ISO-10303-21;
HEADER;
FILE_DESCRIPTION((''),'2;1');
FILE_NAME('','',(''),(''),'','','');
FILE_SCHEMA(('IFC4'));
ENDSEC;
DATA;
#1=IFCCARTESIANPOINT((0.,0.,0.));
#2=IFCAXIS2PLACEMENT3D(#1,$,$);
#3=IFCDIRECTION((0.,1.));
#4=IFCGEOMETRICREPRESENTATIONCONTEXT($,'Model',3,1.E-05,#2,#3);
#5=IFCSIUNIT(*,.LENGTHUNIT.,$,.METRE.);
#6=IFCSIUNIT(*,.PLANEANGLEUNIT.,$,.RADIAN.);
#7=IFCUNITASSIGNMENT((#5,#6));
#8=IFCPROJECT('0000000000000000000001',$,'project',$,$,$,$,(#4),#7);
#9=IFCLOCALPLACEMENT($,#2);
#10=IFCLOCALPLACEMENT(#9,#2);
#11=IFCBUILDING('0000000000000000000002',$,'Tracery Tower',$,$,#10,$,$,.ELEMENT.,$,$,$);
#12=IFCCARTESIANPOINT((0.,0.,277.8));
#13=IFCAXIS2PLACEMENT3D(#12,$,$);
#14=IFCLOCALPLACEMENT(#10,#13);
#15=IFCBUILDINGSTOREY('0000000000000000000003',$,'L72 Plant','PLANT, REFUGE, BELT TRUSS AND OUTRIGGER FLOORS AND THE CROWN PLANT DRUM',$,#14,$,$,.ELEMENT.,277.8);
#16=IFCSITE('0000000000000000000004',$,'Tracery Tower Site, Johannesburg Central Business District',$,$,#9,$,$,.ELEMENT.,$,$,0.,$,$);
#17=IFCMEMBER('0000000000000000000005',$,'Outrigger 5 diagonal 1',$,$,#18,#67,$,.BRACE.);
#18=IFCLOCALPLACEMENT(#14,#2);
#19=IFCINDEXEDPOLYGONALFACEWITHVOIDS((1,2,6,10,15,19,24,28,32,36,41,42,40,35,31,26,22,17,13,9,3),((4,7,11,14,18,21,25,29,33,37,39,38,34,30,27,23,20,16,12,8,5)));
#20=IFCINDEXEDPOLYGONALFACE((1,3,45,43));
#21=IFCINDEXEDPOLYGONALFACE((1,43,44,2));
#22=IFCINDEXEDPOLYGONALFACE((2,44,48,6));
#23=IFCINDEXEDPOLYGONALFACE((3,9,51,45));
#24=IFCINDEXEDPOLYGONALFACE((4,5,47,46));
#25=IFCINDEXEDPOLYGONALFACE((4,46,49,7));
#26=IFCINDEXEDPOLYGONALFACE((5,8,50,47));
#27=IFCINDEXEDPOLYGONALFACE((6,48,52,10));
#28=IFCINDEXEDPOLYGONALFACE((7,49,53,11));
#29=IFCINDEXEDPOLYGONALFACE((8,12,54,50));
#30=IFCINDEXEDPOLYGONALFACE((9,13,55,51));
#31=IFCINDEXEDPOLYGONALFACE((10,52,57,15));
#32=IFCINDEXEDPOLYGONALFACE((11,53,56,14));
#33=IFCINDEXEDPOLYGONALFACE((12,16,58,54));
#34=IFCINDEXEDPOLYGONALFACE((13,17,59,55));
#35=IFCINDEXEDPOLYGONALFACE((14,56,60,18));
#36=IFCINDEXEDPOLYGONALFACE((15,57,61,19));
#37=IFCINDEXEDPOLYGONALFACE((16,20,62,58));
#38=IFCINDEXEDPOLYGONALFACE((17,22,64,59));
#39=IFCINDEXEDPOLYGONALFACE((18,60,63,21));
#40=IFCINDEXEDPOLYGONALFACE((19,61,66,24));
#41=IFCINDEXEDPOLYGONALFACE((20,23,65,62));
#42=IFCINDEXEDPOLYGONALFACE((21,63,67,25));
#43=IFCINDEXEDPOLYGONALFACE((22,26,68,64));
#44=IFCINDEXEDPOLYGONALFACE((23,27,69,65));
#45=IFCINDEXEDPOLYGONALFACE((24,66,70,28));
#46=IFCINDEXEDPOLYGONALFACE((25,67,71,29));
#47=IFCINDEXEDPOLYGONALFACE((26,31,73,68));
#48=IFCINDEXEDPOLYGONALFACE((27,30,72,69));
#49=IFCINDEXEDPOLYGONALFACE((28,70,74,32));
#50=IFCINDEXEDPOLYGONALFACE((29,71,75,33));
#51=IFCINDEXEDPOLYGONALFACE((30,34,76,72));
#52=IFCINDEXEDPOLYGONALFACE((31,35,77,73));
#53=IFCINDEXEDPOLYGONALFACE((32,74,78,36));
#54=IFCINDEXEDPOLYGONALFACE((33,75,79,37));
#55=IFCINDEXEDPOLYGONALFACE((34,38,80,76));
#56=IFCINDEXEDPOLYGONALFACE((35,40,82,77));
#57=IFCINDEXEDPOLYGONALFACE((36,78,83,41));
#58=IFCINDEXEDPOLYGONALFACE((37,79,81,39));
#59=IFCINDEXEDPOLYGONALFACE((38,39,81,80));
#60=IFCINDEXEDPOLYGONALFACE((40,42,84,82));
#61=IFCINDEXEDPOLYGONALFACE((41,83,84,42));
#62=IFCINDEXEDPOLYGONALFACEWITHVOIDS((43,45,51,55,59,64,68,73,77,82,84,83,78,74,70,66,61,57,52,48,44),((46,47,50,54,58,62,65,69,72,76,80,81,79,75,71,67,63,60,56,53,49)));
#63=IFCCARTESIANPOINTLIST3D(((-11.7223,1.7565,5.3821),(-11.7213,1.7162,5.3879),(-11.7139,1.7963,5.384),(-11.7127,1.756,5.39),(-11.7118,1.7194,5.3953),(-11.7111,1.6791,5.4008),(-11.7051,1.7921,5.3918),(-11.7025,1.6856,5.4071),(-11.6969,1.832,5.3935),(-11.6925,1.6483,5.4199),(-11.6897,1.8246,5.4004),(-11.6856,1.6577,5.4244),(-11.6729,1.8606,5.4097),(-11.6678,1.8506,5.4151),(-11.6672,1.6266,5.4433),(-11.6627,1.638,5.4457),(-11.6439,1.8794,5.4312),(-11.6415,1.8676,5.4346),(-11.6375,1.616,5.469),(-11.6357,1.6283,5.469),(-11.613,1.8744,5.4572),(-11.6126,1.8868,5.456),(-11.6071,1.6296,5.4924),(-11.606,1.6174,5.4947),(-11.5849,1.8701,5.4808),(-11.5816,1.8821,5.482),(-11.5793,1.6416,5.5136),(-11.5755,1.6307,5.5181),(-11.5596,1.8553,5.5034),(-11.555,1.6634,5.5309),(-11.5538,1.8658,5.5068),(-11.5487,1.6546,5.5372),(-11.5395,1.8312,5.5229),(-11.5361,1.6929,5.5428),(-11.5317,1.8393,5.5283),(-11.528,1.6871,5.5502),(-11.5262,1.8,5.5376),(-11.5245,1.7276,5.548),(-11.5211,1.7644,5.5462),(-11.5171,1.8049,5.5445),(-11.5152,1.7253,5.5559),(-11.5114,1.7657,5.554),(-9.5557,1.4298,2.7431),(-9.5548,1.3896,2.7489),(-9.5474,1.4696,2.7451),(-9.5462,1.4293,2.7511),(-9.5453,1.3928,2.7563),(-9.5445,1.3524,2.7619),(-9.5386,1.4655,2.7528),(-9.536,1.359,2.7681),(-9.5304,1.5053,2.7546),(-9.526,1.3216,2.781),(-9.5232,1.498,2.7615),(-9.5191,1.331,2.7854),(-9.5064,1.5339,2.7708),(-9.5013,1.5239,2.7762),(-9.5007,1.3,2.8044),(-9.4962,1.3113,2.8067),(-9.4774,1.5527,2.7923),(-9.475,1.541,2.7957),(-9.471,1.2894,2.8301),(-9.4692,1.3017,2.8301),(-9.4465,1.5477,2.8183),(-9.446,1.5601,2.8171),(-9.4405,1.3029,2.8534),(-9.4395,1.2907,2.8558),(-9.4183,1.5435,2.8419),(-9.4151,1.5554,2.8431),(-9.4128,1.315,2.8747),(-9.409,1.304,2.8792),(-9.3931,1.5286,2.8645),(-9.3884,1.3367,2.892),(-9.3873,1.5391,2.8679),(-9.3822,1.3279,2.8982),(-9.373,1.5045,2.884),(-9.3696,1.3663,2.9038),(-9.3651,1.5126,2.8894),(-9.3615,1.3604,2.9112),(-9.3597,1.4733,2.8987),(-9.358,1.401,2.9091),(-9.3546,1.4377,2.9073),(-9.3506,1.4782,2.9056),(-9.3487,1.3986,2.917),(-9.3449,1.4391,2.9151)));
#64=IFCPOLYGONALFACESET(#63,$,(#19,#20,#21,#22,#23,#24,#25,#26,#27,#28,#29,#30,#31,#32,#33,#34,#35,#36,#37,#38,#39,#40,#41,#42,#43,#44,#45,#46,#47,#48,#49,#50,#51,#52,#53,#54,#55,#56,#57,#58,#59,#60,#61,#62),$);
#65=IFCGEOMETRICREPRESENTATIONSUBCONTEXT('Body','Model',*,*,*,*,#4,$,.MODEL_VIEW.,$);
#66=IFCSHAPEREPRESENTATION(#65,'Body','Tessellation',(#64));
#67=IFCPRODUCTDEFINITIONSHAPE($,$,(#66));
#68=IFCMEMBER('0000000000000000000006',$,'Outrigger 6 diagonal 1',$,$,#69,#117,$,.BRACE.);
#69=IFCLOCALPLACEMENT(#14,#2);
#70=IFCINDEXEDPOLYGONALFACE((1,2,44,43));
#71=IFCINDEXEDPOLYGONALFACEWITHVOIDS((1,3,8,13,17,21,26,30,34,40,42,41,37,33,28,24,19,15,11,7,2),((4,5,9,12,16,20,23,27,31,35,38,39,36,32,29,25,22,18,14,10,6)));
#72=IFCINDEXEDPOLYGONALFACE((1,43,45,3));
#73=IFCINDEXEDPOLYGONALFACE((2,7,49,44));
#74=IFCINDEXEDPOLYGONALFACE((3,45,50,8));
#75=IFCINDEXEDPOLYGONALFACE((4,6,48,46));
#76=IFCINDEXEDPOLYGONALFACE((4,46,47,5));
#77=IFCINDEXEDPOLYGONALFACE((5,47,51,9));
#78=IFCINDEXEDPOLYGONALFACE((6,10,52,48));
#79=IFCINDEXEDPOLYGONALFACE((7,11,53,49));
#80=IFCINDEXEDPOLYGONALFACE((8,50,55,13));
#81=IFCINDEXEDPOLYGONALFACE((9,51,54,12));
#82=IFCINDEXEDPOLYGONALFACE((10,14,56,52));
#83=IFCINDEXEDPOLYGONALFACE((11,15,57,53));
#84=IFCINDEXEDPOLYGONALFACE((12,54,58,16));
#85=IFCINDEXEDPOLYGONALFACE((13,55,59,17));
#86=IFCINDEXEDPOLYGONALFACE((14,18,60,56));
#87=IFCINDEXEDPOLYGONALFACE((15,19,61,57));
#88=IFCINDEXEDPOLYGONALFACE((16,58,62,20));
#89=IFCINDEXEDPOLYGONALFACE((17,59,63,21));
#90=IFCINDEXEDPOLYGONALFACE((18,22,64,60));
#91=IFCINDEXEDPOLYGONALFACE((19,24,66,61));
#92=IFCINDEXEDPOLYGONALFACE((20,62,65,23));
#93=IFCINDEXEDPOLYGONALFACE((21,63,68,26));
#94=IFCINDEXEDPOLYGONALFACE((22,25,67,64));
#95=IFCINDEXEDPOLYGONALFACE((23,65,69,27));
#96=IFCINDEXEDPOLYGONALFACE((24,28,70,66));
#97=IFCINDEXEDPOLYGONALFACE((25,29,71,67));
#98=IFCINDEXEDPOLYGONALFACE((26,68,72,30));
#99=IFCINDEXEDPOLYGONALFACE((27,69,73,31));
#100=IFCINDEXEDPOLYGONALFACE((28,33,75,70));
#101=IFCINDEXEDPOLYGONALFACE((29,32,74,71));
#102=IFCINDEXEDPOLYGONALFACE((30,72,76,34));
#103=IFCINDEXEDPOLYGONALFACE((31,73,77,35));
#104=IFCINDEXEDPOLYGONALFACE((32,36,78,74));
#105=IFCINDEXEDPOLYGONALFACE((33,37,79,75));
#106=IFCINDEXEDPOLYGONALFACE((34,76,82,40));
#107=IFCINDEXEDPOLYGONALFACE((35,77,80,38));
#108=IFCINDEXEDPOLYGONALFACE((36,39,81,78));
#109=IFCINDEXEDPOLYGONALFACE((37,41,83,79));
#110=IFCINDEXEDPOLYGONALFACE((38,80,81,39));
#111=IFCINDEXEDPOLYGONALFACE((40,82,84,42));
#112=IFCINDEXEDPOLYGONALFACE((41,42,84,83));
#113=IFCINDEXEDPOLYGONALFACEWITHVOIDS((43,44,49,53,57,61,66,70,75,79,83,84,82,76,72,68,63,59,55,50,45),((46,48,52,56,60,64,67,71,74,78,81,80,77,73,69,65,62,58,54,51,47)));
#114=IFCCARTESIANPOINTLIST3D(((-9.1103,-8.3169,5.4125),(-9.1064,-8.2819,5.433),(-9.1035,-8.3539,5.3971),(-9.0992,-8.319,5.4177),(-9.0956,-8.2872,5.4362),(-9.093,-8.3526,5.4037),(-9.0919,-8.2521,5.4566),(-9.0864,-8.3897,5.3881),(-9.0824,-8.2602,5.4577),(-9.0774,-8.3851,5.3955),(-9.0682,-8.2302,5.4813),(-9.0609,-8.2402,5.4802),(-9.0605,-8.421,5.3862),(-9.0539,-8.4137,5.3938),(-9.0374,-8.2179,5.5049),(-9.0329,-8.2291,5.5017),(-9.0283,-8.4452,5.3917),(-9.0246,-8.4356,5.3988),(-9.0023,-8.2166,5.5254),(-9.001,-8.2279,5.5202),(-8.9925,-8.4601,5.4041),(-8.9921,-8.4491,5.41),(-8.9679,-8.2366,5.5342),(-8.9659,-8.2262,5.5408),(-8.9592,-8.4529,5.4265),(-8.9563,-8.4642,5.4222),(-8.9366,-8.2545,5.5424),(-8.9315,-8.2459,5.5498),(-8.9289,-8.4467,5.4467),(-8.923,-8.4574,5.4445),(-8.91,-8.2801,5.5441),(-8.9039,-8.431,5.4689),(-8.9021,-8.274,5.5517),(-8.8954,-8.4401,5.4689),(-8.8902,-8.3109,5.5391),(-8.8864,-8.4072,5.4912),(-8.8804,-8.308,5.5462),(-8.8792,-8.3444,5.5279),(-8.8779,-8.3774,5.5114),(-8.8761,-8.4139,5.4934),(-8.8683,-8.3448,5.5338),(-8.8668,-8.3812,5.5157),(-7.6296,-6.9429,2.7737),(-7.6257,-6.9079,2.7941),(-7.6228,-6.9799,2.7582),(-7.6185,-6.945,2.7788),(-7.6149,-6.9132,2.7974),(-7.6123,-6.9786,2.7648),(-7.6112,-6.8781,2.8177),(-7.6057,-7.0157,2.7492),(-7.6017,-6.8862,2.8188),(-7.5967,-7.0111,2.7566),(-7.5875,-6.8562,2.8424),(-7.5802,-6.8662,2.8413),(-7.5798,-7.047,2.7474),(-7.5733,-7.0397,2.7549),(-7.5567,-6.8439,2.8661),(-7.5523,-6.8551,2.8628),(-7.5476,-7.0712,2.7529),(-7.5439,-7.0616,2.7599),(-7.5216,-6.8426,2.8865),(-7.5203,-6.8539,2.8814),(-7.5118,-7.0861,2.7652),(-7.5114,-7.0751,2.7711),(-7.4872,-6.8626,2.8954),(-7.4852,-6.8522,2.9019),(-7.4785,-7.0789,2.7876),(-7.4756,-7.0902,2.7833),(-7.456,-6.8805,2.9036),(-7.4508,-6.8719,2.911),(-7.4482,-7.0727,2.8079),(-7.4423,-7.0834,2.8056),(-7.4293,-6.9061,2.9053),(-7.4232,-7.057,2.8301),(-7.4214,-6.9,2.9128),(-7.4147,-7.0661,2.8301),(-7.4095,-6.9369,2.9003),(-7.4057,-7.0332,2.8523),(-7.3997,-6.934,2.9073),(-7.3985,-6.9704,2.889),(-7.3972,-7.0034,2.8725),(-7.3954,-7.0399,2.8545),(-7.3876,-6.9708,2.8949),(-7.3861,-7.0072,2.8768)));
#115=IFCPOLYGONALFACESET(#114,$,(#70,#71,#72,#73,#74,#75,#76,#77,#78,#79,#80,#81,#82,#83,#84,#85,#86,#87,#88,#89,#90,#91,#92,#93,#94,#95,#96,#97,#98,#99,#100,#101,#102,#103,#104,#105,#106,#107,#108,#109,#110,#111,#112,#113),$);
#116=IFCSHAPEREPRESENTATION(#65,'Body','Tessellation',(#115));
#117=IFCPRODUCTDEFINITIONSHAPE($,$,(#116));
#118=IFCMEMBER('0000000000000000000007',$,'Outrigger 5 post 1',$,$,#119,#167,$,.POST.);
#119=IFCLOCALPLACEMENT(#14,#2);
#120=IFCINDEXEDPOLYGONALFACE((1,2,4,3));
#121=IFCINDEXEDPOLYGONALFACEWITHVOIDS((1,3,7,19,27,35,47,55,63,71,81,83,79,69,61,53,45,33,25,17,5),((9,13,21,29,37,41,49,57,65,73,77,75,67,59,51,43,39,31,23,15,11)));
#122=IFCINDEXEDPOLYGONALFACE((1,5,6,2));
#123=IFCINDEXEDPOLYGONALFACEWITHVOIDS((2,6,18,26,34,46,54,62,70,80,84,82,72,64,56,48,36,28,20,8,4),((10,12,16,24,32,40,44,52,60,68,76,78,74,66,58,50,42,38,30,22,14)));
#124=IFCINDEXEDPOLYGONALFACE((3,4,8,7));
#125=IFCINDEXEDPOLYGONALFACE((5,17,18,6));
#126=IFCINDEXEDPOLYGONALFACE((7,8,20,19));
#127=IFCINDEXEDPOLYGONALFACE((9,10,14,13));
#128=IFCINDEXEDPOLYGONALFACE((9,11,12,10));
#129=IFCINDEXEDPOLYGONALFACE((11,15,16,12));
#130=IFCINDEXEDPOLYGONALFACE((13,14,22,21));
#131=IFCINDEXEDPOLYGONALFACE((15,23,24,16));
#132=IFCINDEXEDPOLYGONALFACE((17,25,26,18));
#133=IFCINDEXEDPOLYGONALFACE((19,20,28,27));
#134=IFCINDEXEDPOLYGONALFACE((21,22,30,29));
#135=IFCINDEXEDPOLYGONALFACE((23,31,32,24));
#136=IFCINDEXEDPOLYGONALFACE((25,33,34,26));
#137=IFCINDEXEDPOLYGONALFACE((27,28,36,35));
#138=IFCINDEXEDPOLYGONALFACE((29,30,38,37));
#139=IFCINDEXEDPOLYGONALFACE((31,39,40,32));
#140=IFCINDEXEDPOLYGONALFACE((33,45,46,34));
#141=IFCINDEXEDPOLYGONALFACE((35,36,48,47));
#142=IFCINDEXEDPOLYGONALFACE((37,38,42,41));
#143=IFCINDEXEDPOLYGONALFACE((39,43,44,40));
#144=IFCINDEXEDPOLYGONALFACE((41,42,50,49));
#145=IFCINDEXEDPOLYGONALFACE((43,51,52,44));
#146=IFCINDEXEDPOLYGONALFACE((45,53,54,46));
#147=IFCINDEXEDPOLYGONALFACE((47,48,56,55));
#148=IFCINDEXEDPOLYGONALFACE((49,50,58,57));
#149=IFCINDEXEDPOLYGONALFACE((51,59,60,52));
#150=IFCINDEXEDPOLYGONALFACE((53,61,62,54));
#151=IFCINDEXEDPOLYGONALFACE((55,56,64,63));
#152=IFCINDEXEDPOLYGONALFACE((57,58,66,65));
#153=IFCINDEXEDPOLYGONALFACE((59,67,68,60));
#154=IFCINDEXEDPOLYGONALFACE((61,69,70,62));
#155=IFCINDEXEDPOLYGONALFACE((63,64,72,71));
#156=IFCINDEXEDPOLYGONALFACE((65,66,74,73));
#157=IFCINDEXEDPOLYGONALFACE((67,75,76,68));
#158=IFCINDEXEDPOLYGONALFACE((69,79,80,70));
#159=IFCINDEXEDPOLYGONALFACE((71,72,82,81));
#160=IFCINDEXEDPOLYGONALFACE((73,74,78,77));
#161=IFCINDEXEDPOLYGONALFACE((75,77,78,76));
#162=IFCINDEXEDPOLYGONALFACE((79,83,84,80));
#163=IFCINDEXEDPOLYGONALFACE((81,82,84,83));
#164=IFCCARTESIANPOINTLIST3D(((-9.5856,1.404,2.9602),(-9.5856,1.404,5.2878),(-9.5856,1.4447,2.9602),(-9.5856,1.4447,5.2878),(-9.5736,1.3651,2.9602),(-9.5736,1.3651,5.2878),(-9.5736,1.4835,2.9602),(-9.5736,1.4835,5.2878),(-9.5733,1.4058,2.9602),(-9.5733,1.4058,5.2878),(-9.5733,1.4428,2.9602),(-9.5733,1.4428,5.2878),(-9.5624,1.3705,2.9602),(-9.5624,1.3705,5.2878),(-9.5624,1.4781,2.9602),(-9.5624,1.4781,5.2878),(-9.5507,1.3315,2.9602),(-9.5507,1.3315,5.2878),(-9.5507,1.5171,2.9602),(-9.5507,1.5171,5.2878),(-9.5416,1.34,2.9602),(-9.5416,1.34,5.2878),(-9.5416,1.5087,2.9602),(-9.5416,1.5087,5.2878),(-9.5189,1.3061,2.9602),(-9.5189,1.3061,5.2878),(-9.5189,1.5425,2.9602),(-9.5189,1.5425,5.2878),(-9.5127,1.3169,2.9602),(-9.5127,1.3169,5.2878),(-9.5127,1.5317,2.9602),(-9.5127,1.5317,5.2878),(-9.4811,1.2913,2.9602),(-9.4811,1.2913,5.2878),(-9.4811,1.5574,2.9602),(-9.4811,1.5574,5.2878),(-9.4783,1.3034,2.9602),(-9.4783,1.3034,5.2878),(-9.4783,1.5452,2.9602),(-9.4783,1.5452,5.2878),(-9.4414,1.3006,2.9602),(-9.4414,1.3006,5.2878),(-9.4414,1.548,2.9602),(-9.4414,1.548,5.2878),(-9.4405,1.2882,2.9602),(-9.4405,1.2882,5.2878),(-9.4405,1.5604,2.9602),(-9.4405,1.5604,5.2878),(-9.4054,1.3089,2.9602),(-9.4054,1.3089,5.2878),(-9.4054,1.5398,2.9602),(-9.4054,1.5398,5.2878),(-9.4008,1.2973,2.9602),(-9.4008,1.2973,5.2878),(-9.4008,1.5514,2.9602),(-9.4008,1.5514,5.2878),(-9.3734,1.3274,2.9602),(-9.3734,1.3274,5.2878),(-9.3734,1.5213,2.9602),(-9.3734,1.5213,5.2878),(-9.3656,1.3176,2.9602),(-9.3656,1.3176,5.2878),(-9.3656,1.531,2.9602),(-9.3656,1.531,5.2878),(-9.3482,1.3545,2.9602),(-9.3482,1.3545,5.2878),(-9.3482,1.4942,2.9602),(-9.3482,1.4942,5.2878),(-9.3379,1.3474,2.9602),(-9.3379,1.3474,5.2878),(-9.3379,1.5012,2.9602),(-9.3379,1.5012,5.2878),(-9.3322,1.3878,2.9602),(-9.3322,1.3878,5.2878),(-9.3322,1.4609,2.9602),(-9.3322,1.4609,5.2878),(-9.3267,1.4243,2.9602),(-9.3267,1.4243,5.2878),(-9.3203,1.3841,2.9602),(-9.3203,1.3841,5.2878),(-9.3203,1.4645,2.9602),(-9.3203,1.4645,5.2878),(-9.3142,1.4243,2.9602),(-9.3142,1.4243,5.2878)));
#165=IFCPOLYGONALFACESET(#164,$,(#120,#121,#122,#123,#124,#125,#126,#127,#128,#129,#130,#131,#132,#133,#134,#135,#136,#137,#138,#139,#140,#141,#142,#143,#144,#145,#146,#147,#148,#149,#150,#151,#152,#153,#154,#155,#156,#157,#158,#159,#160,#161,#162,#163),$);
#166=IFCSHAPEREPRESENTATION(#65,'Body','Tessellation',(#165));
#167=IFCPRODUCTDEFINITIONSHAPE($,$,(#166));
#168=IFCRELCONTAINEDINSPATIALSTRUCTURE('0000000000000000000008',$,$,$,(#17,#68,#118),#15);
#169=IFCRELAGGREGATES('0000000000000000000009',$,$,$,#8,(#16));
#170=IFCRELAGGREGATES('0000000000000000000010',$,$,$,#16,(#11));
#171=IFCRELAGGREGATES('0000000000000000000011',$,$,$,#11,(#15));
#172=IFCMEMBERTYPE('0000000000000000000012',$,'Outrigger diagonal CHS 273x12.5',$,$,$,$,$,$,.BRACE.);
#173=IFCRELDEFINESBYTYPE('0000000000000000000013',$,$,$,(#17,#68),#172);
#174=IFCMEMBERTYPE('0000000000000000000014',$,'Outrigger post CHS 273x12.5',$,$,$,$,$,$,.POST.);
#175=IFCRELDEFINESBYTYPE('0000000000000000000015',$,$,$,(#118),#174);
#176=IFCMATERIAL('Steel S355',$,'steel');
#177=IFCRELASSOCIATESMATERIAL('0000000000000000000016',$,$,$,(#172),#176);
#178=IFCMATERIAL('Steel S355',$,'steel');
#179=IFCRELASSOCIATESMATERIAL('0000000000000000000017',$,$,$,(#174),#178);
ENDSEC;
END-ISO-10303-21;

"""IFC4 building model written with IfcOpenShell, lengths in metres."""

from ifc_helpers import new_model, si_unit, direction, frame, origin, origin_2d, place, context, subcontext, project, spatial, hollow_circle, extrude, material, material_profile, profile_set, type_object, element, save


model = new_model("IFC4")

# Units and contexts
model_context = context("Model", 3, precision=1e-05, world=origin(), true_north=direction((0.0, 1.0)))
body_context = subcontext(model_context, "Body", "Model", "MODEL_VIEW")
ifc_project = project(units=[si_unit("LENGTHUNIT", "METRE"), si_unit("PLANEANGLEUNIT", "RADIAN")], contexts=[model_context])

# Site, building, storey
site_placement = place(None, origin())
site = spatial("IfcSite", under=ifc_project, at=site_placement, Name="Tracery Tower Site, Johannesburg Central Business District", CompositionType="ELEMENT", RefElevation=0.0)
building_placement = place(site_placement, origin())
building = spatial("IfcBuilding", under=site, at=building_placement, Name="Tracery Tower", CompositionType="ELEMENT")
storey_placement = place(building_placement, frame((0.0, 0.0, 277.8)))
storey = spatial("IfcBuildingStorey", under=building, at=storey_placement, Name="L72 Plant", Description="PLANT, REFUGE, BELT TRUSS AND OUTRIGGER FLOORS AND THE CROWN PLANT DRUM", CompositionType="ELEMENT", Elevation=277.8)

# Members
ifc_material_1 = material(Name="Steel S355", Category="steel")
ifc_material_profile_1 = material_profile(ifc_material_1, hollow_circle(Radius=0.1365, WallThickness=0.0125, at=origin_2d()), Name="CHS 273x12.5")
ifc_profile_set_1 = profile_set([ifc_material_profile_1], Name="Steel S355")
member_type_1 = type_object("IfcMemberType", Name="Outrigger diagonal CHS 273x12.5", PredefinedType="BRACE", material=ifc_profile_set_1)
member_1_placement = place(storey_placement, frame((-9.4507, 1.4243, 2.8301), z_axis=(-0.631649, 0.095239, 0.769382), x_axis=(-0.149092, -0.988823, 0.0)))
element("IfcMember", 1, at=member_1_placement, inside=storey, type_object=member_type_1, Name="Outrigger 5 diagonal 1", PredefinedType="BRACE", context=body_context, shape_type="SweptSolid", body=[
    extrude(hollow_circle(Radius=0.1365, WallThickness=0.0125, at=origin_2d()), origin(), (0.0, 0.0, 1.0), 3.4299),
])
member_2_placement = place(storey_placement, frame((-7.5076, -6.9661, 2.8301), z_axis=(-0.445555, -0.413451, 0.794065), x_axis=(0.680205, -0.733022, 0.0)))
element("IfcMember", 2, at=member_2_placement, inside=storey, type_object=member_type_1, Name="Outrigger 6 diagonal 1", PredefinedType="BRACE", context=body_context, shape_type="SweptSolid", body=[
    extrude(hollow_circle(Radius=0.1365, WallThickness=0.0125, at=origin_2d()), origin(), (0.0, 0.0, 1.0), 3.3232),
])
ifc_material_2 = material(Name="Steel S355", Category="steel")
ifc_material_profile_2 = material_profile(ifc_material_2, hollow_circle(Radius=0.1365, WallThickness=0.0125, at=origin_2d()), Name="CHS 273x12.5")
ifc_profile_set_2 = profile_set([ifc_material_profile_2], Name="Steel S355")
member_type_2 = type_object("IfcMemberType", Name="Outrigger post CHS 273x12.5", PredefinedType="POST", material=ifc_profile_set_2)
for number, where, z_axis, x_axis, name in (
    (3, (-9.4507, 1.4243, 2.9602), (0.0, 0.0, 1.0), (1.0, 0.0, 0.0), "Outrigger 5 post 1"),
):
    element("IfcMember", number, at=place(storey_placement, frame(where, z_axis=z_axis, x_axis=x_axis)), inside=storey, type_object=member_type_2, Name=name, PredefinedType="POST", context=body_context, shape_type="SweptSolid", body=[
        extrude(hollow_circle(Radius=0.1365, WallThickness=0.0125, at=origin_2d()), origin(), (0.0, 0.0, 1.0), 2.3276),
    ])

save(model, "model.ifc")
